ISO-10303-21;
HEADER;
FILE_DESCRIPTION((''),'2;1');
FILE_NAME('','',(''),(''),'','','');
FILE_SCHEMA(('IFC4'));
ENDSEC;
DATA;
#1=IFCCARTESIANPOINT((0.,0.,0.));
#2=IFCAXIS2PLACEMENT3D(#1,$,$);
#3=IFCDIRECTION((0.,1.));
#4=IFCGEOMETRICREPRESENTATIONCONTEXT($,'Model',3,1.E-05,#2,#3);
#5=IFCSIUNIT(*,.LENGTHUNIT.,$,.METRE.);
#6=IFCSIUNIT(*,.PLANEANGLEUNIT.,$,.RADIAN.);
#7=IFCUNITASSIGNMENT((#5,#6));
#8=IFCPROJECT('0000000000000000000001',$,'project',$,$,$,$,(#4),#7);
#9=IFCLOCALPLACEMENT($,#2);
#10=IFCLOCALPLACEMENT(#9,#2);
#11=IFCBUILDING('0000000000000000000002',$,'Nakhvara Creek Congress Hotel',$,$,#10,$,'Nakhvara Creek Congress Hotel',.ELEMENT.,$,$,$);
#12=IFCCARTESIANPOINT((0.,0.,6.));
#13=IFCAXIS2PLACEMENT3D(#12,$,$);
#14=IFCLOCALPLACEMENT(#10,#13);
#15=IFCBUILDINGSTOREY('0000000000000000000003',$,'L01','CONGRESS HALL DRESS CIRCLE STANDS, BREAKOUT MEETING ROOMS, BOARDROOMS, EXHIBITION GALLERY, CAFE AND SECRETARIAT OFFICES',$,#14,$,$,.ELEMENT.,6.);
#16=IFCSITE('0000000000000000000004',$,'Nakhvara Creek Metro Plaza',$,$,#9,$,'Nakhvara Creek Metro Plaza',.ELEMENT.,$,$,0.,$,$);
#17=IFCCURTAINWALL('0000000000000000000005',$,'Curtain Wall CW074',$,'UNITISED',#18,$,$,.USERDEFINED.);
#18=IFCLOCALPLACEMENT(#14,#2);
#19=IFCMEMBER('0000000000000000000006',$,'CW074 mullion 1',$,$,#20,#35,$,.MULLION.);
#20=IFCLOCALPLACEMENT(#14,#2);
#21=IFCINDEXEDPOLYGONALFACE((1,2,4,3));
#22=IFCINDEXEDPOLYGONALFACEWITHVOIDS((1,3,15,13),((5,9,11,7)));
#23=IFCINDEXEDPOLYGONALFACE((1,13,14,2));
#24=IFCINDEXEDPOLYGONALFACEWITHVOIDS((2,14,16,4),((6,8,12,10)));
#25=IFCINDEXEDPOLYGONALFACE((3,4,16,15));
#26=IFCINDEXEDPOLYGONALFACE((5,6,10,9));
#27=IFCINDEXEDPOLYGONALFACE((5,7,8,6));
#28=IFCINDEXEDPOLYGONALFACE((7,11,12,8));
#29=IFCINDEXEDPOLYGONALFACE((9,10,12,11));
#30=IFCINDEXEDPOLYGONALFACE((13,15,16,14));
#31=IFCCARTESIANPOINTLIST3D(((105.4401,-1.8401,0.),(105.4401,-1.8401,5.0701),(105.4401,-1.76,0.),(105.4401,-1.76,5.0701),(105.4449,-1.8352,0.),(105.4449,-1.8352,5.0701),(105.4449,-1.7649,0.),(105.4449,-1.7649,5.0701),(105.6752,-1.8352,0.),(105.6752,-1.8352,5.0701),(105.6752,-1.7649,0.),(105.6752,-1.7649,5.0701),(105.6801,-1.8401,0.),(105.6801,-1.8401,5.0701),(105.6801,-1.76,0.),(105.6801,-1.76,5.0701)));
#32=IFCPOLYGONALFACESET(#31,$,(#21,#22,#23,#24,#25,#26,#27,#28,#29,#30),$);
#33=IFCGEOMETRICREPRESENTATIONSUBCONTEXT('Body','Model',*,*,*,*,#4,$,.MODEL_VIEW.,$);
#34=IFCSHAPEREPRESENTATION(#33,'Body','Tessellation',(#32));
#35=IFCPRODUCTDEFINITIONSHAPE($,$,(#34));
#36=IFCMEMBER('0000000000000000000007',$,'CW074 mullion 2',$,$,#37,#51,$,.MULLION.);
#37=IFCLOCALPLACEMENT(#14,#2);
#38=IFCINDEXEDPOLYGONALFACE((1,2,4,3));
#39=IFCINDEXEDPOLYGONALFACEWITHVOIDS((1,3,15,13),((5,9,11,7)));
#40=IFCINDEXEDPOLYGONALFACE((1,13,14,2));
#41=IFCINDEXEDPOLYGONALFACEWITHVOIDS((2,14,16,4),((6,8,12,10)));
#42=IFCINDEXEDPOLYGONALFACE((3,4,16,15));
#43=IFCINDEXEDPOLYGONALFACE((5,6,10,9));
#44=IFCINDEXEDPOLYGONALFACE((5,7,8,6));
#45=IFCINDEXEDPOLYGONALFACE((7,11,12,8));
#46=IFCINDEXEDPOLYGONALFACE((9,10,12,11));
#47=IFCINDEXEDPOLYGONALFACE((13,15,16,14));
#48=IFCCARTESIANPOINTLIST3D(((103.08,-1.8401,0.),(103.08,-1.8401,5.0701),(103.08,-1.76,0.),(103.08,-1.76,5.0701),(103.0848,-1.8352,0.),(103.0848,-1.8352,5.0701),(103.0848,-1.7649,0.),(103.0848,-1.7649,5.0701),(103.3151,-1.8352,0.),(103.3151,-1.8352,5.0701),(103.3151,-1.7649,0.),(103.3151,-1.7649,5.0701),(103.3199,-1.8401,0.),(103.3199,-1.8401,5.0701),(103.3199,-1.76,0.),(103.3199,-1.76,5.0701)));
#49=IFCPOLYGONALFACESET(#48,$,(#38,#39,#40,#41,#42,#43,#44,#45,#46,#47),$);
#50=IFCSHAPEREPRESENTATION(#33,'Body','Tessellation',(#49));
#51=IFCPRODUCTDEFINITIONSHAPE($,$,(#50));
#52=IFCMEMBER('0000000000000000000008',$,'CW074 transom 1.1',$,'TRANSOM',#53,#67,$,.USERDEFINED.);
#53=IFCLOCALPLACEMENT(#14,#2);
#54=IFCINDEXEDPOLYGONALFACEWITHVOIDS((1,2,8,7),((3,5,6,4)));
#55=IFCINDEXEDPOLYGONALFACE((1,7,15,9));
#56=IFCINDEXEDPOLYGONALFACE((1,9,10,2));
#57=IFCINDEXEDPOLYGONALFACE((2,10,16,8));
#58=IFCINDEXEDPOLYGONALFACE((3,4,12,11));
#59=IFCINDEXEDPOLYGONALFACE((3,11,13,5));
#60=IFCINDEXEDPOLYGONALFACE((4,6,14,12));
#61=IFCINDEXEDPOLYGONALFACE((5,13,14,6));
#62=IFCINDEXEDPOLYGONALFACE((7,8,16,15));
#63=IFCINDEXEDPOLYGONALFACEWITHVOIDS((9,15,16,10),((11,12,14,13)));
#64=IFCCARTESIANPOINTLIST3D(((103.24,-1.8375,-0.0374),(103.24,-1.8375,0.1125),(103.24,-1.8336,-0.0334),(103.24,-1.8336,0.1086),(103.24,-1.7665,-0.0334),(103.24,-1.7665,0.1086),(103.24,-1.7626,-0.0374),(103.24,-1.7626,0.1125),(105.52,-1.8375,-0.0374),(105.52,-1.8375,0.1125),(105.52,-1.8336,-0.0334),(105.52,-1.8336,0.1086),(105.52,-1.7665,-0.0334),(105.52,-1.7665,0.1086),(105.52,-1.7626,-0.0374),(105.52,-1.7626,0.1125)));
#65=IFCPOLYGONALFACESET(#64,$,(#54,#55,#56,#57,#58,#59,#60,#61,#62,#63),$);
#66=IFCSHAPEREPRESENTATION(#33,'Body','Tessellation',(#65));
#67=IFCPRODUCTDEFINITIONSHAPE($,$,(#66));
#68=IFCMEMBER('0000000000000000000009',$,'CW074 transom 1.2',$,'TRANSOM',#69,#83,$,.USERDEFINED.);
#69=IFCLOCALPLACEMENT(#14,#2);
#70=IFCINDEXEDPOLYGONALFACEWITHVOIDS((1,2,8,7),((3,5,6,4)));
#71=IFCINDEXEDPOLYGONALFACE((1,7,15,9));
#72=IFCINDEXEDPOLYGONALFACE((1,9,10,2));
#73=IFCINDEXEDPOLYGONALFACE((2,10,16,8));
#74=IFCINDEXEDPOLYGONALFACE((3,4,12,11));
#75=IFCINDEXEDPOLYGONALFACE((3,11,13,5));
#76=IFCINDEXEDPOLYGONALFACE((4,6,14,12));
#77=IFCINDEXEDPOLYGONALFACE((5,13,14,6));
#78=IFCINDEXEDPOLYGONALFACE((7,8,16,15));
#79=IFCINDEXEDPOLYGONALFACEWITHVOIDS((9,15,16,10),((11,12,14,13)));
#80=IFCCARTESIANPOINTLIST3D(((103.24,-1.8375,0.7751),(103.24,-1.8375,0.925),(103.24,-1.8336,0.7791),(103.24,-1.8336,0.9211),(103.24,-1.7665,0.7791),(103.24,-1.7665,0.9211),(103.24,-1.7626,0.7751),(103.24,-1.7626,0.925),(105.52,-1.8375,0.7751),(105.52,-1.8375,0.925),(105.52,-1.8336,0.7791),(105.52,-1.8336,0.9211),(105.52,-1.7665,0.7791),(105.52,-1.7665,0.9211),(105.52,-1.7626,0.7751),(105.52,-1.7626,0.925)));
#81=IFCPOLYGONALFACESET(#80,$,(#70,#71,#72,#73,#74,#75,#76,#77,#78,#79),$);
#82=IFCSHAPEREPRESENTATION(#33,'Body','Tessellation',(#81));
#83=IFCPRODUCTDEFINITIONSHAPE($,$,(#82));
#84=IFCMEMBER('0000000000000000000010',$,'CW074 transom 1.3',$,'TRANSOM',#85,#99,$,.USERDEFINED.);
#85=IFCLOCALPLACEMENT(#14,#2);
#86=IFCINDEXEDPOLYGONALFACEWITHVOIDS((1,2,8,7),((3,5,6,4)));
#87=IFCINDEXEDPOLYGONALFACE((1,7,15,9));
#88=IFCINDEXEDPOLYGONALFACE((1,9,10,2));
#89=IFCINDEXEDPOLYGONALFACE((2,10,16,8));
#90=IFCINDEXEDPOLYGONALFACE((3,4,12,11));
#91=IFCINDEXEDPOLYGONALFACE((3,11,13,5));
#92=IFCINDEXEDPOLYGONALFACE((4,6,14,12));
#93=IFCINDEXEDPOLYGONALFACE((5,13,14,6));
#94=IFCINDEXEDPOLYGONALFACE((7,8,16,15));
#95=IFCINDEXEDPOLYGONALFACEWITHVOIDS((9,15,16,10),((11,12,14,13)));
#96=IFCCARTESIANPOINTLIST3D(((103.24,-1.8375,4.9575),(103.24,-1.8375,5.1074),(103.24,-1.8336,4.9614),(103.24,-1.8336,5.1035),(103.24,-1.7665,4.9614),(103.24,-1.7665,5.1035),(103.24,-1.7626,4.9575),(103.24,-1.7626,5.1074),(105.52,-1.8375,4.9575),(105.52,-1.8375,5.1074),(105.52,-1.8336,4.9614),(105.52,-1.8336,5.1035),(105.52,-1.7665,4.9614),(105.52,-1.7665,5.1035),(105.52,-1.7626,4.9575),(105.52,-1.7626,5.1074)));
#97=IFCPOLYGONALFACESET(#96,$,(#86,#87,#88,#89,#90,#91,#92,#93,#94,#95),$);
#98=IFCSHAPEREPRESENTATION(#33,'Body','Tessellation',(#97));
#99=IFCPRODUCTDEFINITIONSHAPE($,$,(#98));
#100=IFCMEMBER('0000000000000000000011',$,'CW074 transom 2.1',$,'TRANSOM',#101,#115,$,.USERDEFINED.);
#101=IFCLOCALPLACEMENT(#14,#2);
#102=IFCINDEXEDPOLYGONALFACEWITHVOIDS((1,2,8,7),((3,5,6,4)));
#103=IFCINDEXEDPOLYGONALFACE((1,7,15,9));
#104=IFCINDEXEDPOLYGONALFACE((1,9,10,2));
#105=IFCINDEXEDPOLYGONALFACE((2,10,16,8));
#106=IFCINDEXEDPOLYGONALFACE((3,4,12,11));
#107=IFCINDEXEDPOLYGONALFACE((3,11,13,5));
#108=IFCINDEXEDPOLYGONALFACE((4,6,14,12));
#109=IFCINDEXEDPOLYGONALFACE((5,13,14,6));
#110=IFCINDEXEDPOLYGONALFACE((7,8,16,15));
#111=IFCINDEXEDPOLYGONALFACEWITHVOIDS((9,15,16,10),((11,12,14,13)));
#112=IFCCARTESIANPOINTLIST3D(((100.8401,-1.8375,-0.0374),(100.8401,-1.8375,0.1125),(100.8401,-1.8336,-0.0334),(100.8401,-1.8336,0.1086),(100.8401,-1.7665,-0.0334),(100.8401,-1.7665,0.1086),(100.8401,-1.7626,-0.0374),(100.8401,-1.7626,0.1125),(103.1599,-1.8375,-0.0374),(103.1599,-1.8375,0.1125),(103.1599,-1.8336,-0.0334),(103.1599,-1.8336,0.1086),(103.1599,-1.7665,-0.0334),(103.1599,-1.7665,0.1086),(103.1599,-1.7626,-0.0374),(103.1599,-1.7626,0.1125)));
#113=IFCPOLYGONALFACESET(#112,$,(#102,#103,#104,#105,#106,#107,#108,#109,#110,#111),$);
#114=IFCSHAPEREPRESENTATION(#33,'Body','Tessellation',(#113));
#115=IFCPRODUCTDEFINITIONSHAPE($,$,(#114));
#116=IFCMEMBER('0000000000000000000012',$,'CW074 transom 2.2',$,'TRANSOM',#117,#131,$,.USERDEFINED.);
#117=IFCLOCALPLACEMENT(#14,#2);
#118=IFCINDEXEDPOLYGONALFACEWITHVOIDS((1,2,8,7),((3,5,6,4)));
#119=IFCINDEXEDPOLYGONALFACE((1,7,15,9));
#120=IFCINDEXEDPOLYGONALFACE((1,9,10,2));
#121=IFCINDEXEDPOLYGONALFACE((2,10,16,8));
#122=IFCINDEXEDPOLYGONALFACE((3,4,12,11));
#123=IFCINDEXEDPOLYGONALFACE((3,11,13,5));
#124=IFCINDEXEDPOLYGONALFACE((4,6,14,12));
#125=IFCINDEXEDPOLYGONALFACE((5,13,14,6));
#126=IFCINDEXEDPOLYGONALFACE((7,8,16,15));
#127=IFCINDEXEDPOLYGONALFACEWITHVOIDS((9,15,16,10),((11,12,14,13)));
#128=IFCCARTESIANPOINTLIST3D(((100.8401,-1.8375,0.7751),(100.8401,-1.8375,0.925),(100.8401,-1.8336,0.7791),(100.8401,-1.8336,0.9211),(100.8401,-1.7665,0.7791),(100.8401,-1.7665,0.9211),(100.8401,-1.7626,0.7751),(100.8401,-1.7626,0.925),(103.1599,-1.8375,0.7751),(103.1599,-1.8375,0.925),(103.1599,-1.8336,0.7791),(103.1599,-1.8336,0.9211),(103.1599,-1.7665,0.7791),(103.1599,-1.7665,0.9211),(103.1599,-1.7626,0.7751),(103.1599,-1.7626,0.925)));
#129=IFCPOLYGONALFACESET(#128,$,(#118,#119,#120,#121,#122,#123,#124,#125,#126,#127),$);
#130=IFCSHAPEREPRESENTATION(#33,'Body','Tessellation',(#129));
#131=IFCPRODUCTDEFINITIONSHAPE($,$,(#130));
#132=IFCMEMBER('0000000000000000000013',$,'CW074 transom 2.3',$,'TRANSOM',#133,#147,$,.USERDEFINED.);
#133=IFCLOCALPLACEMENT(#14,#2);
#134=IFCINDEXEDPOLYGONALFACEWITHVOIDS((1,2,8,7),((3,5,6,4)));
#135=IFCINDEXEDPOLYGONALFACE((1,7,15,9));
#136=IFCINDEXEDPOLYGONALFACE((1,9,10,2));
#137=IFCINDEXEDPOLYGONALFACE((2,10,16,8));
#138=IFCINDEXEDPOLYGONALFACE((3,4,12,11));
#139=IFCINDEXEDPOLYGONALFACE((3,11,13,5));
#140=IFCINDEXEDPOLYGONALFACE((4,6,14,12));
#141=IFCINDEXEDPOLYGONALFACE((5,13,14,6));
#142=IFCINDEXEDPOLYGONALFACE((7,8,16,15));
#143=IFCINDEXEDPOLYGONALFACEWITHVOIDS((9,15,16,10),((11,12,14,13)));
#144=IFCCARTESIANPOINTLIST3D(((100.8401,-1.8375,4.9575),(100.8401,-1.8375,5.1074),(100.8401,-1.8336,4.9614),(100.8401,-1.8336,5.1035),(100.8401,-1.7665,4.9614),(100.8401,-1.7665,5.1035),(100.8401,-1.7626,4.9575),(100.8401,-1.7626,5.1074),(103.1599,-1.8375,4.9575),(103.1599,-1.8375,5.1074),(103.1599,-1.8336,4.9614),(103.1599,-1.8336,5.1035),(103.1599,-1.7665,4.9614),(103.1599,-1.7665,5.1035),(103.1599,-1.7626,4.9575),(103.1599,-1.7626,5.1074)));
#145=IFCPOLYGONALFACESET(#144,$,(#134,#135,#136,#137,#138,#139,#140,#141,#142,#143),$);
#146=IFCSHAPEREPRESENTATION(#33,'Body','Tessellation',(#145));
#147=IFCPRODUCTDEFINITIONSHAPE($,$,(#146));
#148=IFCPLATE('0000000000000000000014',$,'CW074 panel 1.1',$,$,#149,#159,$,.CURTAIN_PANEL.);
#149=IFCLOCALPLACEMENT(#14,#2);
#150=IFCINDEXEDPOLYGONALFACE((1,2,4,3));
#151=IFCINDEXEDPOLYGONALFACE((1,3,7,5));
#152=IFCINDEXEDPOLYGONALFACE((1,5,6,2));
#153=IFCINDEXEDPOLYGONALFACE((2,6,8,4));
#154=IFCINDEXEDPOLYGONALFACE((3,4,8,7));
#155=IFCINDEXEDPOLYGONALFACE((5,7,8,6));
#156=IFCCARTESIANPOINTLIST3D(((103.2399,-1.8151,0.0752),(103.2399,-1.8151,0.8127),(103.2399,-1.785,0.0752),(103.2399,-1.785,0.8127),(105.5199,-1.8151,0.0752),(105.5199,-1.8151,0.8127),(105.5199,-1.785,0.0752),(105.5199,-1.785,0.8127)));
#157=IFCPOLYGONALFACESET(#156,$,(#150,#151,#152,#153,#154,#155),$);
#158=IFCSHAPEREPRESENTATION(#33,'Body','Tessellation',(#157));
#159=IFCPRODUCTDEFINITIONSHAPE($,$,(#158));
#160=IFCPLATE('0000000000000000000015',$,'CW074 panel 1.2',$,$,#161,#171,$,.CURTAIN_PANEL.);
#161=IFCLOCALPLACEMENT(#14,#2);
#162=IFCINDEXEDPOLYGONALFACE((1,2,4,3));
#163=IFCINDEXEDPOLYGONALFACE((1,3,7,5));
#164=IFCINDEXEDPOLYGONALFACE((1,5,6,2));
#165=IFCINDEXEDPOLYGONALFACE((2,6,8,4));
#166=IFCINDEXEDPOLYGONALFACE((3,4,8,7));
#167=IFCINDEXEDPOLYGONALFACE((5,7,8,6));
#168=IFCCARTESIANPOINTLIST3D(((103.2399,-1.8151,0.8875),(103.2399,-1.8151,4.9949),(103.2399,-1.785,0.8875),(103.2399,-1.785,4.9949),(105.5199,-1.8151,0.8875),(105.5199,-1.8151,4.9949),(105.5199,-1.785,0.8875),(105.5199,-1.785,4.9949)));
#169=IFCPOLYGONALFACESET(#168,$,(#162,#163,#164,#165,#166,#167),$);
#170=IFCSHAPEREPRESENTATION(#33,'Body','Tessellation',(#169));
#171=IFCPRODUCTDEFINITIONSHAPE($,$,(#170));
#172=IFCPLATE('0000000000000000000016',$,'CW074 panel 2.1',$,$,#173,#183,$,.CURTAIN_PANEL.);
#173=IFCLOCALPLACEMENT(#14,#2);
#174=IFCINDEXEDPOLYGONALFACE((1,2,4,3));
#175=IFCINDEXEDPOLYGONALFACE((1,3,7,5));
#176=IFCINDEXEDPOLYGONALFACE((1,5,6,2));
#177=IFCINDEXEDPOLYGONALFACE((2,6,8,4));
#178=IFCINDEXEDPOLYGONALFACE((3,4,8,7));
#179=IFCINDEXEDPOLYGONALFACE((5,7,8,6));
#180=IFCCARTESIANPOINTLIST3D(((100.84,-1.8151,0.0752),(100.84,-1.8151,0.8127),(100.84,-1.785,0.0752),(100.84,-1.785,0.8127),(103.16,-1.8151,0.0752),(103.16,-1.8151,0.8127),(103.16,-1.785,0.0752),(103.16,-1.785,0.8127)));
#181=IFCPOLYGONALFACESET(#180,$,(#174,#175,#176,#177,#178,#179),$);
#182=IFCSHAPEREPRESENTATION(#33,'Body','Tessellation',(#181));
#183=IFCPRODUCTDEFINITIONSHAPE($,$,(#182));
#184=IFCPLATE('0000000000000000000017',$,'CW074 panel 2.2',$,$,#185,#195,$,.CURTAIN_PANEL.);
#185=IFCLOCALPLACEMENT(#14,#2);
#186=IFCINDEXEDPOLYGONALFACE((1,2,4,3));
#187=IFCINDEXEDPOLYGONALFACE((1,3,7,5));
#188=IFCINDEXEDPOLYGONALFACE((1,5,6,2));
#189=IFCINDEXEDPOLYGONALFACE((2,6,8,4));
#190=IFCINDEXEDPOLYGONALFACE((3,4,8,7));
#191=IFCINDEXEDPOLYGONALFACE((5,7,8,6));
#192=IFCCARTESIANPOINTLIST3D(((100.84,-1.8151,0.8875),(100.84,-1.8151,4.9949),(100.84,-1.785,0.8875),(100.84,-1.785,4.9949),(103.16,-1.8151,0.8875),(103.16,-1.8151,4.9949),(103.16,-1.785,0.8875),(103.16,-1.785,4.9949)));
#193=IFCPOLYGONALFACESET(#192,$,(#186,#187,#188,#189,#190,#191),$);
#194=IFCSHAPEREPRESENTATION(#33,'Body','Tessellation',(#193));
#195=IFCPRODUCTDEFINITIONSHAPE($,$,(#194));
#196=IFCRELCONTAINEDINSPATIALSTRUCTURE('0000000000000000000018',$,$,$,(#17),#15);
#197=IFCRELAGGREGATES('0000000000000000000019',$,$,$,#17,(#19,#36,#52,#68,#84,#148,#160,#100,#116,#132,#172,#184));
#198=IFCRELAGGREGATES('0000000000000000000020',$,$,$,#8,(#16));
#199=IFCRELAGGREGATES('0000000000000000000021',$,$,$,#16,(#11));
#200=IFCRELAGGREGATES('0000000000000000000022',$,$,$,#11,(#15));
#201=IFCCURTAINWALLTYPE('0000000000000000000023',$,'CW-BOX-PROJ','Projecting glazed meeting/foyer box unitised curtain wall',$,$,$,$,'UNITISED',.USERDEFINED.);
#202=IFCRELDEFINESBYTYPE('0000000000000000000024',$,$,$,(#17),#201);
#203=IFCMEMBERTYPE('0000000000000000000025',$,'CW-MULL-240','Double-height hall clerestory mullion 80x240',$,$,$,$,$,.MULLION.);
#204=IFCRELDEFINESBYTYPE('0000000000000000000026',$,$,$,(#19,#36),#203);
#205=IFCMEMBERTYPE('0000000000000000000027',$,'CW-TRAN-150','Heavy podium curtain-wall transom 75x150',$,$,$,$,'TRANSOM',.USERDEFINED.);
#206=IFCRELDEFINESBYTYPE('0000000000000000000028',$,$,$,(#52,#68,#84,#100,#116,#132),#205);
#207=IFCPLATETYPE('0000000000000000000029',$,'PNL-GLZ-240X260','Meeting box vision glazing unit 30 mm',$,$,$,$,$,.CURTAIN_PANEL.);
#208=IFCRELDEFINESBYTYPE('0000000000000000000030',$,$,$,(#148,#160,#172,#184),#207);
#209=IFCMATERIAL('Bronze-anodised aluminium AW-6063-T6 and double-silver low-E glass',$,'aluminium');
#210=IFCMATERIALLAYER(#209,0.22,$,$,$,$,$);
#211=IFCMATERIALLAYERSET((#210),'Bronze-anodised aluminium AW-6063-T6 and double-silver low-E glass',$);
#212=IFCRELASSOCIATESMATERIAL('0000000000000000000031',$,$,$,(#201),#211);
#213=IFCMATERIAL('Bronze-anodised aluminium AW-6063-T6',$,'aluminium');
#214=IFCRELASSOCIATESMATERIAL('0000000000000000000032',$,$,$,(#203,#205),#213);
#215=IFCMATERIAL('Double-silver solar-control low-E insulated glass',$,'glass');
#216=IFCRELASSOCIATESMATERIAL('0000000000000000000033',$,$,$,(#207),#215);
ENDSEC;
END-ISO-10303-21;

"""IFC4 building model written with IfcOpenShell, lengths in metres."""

from ifc_helpers import new_model, si_unit, direction, frame, origin, origin_2d, place, context, subcontext, project, spatial, rectangle, hollow_rectangle, extrude, material, layer, layer_set, material_profile, profile_set, type_object, element, aggregate, save


model = new_model("IFC4")

# Units and contexts
model_context = context("Model", 3, precision=1e-05, world=origin(), true_north=direction((0.0, 1.0)))
body_context = subcontext(model_context, "Body", "Model", "MODEL_VIEW")
ifc_project = project(units=[si_unit("LENGTHUNIT", "METRE"), si_unit("PLANEANGLEUNIT", "RADIAN")], contexts=[model_context])

# Site, building, storey
site_placement = place(None, origin())
site = spatial("IfcSite", under=ifc_project, at=site_placement, Name="Nakhvara Creek Metro Plaza", LongName="Nakhvara Creek Metro Plaza", CompositionType="ELEMENT", RefElevation=0.0)
building_placement = place(site_placement, origin())
building = spatial("IfcBuilding", under=site, at=building_placement, Name="Nakhvara Creek Congress Hotel", LongName="Nakhvara Creek Congress Hotel", CompositionType="ELEMENT")
storey_placement = place(building_placement, frame((0.0, 0.0, 6.0)))
storey = spatial("IfcBuildingStorey", under=building, at=storey_placement, Name="L01", Description="CONGRESS HALL DRESS CIRCLE STANDS, BREAKOUT MEETING ROOMS, BOARDROOMS, EXHIBITION GALLERY, CAFE AND SECRETARIAT OFFICES", CompositionType="ELEMENT", Elevation=6.0)

# Curtain wall, members, plates
ifc_material_1 = material(Name="Bronze-anodised aluminium AW-6063-T6 and double-silver low-E glass", Category="aluminium")
ifc_layer_1 = layer(ifc_material_1, 0.22)
ifc_layer_set_1 = layer_set([ifc_layer_1], Name="Bronze-anodised aluminium AW-6063-T6 and double-silver low-E glass")
curtain_wall_type = type_object("IfcCurtainWallType", Name="CW-BOX-PROJ", Description="Projecting glazed meeting/foyer box unitised curtain wall", ElementType="UNITISED", PredefinedType="USERDEFINED", material=ifc_layer_set_1)
curtain_wall_placement = place(storey_placement, origin())
curtain_wall = element("IfcCurtainWall", 1, at=curtain_wall_placement, inside=storey, type_object=curtain_wall_type, Name="Curtain Wall CW074", ObjectType="UNITISED", PredefinedType="USERDEFINED")
ifc_material_2 = material(Name="Bronze-anodised aluminium AW-6063-T6", Category="aluminium")
ifc_material_profile_1 = material_profile(ifc_material_2, hollow_rectangle(XDim=0.0801, YDim=0.24, WallThickness=0.0049, at=origin_2d()), Name="ALU-MULL 80x240x5", Category="LoadBearing")
ifc_profile_set_1 = profile_set([ifc_material_profile_1], Name="Bronze-anodised aluminium AW-6063-T6")
member_type_1 = type_object("IfcMemberType", Name="CW-MULL-240", Description="Double-height hall clerestory mullion 80x240", PredefinedType="MULLION", material=ifc_profile_set_1)
member_1_placement = place(storey_placement, frame((105.5601, -1.8, 0.0), z_axis=(0.0, 0.0, 1.0), x_axis=(0.0, -1.0, 0.0)))
member_1 = element("IfcMember", 2, at=member_1_placement, type_object=member_type_1, Name="CW074 mullion 1", PredefinedType="MULLION", context=body_context, shape_type="SweptSolid", body=[
    extrude(hollow_rectangle(XDim=0.0801, YDim=0.24, WallThickness=0.0049, at=origin_2d()), origin(), (0.0, 0.0, 1.0), 5.0701),
])
member_2_placement = place(storey_placement, frame((103.2, -1.8, 0.0), z_axis=(0.0, 0.0, 1.0), x_axis=(0.0, -1.0, 0.0)))
member_2 = element("IfcMember", 3, at=member_2_placement, type_object=member_type_1, Name="CW074 mullion 2", PredefinedType="MULLION", context=body_context, shape_type="SweptSolid", body=[
    extrude(hollow_rectangle(XDim=0.0801, YDim=0.24, WallThickness=0.0049, at=origin_2d()), origin(), (0.0, 0.0, 1.0), 5.0701),
])
ifc_material_profile_2 = material_profile(ifc_material_2, hollow_rectangle(XDim=0.075, YDim=0.1499, WallThickness=0.0039, at=origin_2d()), Name="ALU-TRAN 75x150x4", Category="LoadBearing")
ifc_profile_set_2 = profile_set([ifc_material_profile_2], Name="Bronze-anodised aluminium AW-6063-T6")
member_type_2 = type_object("IfcMemberType", Name="CW-TRAN-150", Description="Heavy podium curtain-wall transom 75x150", ElementType="TRANSOM", PredefinedType="USERDEFINED", material=ifc_profile_set_2)
member_3_placement = place(storey_placement, frame((105.52, -1.8, 0.0376), z_axis=(-1.0, 0.0, 0.0), x_axis=(0.0, -1.0, 0.0)))
member_3 = element("IfcMember", 4, at=member_3_placement, type_object=member_type_2, Name="CW074 transom 1.1", ObjectType="TRANSOM", PredefinedType="USERDEFINED", context=body_context, shape_type="SweptSolid", body=[
    extrude(hollow_rectangle(XDim=0.075, YDim=0.1499, WallThickness=0.0039, at=origin_2d()), origin(), (0.0, 0.0, 1.0), 2.28),
])
member_4_placement = place(storey_placement, frame((105.52, -1.8, 0.8501), z_axis=(-1.0, 0.0, 0.0), x_axis=(0.0, -1.0, 0.0)))
member_4 = element("IfcMember", 5, at=member_4_placement, type_object=member_type_2, Name="CW074 transom 1.2", ObjectType="TRANSOM", PredefinedType="USERDEFINED", context=body_context, shape_type="SweptSolid", body=[
    extrude(hollow_rectangle(XDim=0.075, YDim=0.1499, WallThickness=0.0039, at=origin_2d()), origin(), (0.0, 0.0, 1.0), 2.28),
])
member_5_placement = place(storey_placement, frame((105.52, -1.8, 5.0325), z_axis=(-1.0, 0.0, 0.0), x_axis=(0.0, -1.0, 0.0)))
member_5 = element("IfcMember", 6, at=member_5_placement, type_object=member_type_2, Name="CW074 transom 1.3", ObjectType="TRANSOM", PredefinedType="USERDEFINED", context=body_context, shape_type="SweptSolid", body=[
    extrude(hollow_rectangle(XDim=0.075, YDim=0.1499, WallThickness=0.0039, at=origin_2d()), origin(), (0.0, 0.0, 1.0), 2.28),
])
member_6_placement = place(storey_placement, frame((103.1599, -1.8, 0.0376), z_axis=(-1.0, 0.0, 0.0), x_axis=(0.0, -1.0, 0.0)))
member_6 = element("IfcMember", 7, at=member_6_placement, type_object=member_type_2, Name="CW074 transom 2.1", ObjectType="TRANSOM", PredefinedType="USERDEFINED", context=body_context, shape_type="SweptSolid", body=[
    extrude(hollow_rectangle(XDim=0.075, YDim=0.1499, WallThickness=0.0039, at=origin_2d()), origin(), (0.0, 0.0, 1.0), 2.3198),
])
member_7_placement = place(storey_placement, frame((103.1599, -1.8, 0.8501), z_axis=(-1.0, 0.0, 0.0), x_axis=(0.0, -1.0, 0.0)))
member_7 = element("IfcMember", 8, at=member_7_placement, type_object=member_type_2, Name="CW074 transom 2.2", ObjectType="TRANSOM", PredefinedType="USERDEFINED", context=body_context, shape_type="SweptSolid", body=[
    extrude(hollow_rectangle(XDim=0.075, YDim=0.1499, WallThickness=0.0039, at=origin_2d()), origin(), (0.0, 0.0, 1.0), 2.3198),
])
member_8_placement = place(storey_placement, frame((103.1599, -1.8, 5.0325), z_axis=(-1.0, 0.0, 0.0), x_axis=(0.0, -1.0, 0.0)))
member_8 = element("IfcMember", 9, at=member_8_placement, type_object=member_type_2, Name="CW074 transom 2.3", ObjectType="TRANSOM", PredefinedType="USERDEFINED", context=body_context, shape_type="SweptSolid", body=[
    extrude(hollow_rectangle(XDim=0.075, YDim=0.1499, WallThickness=0.0039, at=origin_2d()), origin(), (0.0, 0.0, 1.0), 2.3198),
])
ifc_material_3 = material(Name="Double-silver solar-control low-E insulated glass", Category="glass")
plate_type = type_object("IfcPlateType", Name="PNL-GLZ-240X260", Description="Meeting box vision glazing unit 30 mm", PredefinedType="CURTAIN_PANEL", material=ifc_material_3)
plate_1_placement = place(storey_placement, frame((104.3799, -1.8, 0.0752), z_axis=(0.0, 0.0, 1.0), x_axis=(-1.0, 0.0, 0.0)))
plate_1 = element("IfcPlate", 10, at=plate_1_placement, type_object=plate_type, Name="CW074 panel 1.1", PredefinedType="CURTAIN_PANEL", context=body_context, shape_type="SweptSolid", body=[
    extrude(rectangle(XDim=2.28, YDim=0.03, at=origin_2d()), origin(), (0.0, 0.0, 1.0), 0.7375),
])
plate_2_placement = place(storey_placement, frame((104.3799, -1.8, 0.8875), z_axis=(0.0, 0.0, 1.0), x_axis=(-1.0, 0.0, 0.0)))
plate_2 = element("IfcPlate", 11, at=plate_2_placement, type_object=plate_type, Name="CW074 panel 1.2", PredefinedType="CURTAIN_PANEL", context=body_context, shape_type="SweptSolid", body=[
    extrude(rectangle(XDim=2.28, YDim=0.03, at=origin_2d()), origin(), (0.0, 0.0, 1.0), 4.1074),
])
plate_3_placement = place(storey_placement, frame((102.0, -1.8, 0.0752), z_axis=(0.0, 0.0, 1.0), x_axis=(-1.0, 0.0, 0.0)))
plate_3 = element("IfcPlate", 12, at=plate_3_placement, type_object=plate_type, Name="CW074 panel 2.1", PredefinedType="CURTAIN_PANEL", context=body_context, shape_type="SweptSolid", body=[
    extrude(rectangle(XDim=2.3201, YDim=0.03, at=origin_2d()), origin(), (0.0, 0.0, 1.0), 0.7375),
])
plate_4_placement = place(storey_placement, frame((102.0, -1.8, 0.8875), z_axis=(0.0, 0.0, 1.0), x_axis=(-1.0, 0.0, 0.0)))
plate_4 = element("IfcPlate", 13, at=plate_4_placement, type_object=plate_type, Name="CW074 panel 2.2", PredefinedType="CURTAIN_PANEL", context=body_context, shape_type="SweptSolid", body=[
    extrude(rectangle(XDim=2.3201, YDim=0.03, at=origin_2d()), origin(), (0.0, 0.0, 1.0), 4.1074),
])
aggregate(curtain_wall, [member_1, member_2, member_3, member_4, member_5, plate_1, plate_2, member_6, member_7, member_8, plate_3, plate_4])

save(model, "model.ifc")
